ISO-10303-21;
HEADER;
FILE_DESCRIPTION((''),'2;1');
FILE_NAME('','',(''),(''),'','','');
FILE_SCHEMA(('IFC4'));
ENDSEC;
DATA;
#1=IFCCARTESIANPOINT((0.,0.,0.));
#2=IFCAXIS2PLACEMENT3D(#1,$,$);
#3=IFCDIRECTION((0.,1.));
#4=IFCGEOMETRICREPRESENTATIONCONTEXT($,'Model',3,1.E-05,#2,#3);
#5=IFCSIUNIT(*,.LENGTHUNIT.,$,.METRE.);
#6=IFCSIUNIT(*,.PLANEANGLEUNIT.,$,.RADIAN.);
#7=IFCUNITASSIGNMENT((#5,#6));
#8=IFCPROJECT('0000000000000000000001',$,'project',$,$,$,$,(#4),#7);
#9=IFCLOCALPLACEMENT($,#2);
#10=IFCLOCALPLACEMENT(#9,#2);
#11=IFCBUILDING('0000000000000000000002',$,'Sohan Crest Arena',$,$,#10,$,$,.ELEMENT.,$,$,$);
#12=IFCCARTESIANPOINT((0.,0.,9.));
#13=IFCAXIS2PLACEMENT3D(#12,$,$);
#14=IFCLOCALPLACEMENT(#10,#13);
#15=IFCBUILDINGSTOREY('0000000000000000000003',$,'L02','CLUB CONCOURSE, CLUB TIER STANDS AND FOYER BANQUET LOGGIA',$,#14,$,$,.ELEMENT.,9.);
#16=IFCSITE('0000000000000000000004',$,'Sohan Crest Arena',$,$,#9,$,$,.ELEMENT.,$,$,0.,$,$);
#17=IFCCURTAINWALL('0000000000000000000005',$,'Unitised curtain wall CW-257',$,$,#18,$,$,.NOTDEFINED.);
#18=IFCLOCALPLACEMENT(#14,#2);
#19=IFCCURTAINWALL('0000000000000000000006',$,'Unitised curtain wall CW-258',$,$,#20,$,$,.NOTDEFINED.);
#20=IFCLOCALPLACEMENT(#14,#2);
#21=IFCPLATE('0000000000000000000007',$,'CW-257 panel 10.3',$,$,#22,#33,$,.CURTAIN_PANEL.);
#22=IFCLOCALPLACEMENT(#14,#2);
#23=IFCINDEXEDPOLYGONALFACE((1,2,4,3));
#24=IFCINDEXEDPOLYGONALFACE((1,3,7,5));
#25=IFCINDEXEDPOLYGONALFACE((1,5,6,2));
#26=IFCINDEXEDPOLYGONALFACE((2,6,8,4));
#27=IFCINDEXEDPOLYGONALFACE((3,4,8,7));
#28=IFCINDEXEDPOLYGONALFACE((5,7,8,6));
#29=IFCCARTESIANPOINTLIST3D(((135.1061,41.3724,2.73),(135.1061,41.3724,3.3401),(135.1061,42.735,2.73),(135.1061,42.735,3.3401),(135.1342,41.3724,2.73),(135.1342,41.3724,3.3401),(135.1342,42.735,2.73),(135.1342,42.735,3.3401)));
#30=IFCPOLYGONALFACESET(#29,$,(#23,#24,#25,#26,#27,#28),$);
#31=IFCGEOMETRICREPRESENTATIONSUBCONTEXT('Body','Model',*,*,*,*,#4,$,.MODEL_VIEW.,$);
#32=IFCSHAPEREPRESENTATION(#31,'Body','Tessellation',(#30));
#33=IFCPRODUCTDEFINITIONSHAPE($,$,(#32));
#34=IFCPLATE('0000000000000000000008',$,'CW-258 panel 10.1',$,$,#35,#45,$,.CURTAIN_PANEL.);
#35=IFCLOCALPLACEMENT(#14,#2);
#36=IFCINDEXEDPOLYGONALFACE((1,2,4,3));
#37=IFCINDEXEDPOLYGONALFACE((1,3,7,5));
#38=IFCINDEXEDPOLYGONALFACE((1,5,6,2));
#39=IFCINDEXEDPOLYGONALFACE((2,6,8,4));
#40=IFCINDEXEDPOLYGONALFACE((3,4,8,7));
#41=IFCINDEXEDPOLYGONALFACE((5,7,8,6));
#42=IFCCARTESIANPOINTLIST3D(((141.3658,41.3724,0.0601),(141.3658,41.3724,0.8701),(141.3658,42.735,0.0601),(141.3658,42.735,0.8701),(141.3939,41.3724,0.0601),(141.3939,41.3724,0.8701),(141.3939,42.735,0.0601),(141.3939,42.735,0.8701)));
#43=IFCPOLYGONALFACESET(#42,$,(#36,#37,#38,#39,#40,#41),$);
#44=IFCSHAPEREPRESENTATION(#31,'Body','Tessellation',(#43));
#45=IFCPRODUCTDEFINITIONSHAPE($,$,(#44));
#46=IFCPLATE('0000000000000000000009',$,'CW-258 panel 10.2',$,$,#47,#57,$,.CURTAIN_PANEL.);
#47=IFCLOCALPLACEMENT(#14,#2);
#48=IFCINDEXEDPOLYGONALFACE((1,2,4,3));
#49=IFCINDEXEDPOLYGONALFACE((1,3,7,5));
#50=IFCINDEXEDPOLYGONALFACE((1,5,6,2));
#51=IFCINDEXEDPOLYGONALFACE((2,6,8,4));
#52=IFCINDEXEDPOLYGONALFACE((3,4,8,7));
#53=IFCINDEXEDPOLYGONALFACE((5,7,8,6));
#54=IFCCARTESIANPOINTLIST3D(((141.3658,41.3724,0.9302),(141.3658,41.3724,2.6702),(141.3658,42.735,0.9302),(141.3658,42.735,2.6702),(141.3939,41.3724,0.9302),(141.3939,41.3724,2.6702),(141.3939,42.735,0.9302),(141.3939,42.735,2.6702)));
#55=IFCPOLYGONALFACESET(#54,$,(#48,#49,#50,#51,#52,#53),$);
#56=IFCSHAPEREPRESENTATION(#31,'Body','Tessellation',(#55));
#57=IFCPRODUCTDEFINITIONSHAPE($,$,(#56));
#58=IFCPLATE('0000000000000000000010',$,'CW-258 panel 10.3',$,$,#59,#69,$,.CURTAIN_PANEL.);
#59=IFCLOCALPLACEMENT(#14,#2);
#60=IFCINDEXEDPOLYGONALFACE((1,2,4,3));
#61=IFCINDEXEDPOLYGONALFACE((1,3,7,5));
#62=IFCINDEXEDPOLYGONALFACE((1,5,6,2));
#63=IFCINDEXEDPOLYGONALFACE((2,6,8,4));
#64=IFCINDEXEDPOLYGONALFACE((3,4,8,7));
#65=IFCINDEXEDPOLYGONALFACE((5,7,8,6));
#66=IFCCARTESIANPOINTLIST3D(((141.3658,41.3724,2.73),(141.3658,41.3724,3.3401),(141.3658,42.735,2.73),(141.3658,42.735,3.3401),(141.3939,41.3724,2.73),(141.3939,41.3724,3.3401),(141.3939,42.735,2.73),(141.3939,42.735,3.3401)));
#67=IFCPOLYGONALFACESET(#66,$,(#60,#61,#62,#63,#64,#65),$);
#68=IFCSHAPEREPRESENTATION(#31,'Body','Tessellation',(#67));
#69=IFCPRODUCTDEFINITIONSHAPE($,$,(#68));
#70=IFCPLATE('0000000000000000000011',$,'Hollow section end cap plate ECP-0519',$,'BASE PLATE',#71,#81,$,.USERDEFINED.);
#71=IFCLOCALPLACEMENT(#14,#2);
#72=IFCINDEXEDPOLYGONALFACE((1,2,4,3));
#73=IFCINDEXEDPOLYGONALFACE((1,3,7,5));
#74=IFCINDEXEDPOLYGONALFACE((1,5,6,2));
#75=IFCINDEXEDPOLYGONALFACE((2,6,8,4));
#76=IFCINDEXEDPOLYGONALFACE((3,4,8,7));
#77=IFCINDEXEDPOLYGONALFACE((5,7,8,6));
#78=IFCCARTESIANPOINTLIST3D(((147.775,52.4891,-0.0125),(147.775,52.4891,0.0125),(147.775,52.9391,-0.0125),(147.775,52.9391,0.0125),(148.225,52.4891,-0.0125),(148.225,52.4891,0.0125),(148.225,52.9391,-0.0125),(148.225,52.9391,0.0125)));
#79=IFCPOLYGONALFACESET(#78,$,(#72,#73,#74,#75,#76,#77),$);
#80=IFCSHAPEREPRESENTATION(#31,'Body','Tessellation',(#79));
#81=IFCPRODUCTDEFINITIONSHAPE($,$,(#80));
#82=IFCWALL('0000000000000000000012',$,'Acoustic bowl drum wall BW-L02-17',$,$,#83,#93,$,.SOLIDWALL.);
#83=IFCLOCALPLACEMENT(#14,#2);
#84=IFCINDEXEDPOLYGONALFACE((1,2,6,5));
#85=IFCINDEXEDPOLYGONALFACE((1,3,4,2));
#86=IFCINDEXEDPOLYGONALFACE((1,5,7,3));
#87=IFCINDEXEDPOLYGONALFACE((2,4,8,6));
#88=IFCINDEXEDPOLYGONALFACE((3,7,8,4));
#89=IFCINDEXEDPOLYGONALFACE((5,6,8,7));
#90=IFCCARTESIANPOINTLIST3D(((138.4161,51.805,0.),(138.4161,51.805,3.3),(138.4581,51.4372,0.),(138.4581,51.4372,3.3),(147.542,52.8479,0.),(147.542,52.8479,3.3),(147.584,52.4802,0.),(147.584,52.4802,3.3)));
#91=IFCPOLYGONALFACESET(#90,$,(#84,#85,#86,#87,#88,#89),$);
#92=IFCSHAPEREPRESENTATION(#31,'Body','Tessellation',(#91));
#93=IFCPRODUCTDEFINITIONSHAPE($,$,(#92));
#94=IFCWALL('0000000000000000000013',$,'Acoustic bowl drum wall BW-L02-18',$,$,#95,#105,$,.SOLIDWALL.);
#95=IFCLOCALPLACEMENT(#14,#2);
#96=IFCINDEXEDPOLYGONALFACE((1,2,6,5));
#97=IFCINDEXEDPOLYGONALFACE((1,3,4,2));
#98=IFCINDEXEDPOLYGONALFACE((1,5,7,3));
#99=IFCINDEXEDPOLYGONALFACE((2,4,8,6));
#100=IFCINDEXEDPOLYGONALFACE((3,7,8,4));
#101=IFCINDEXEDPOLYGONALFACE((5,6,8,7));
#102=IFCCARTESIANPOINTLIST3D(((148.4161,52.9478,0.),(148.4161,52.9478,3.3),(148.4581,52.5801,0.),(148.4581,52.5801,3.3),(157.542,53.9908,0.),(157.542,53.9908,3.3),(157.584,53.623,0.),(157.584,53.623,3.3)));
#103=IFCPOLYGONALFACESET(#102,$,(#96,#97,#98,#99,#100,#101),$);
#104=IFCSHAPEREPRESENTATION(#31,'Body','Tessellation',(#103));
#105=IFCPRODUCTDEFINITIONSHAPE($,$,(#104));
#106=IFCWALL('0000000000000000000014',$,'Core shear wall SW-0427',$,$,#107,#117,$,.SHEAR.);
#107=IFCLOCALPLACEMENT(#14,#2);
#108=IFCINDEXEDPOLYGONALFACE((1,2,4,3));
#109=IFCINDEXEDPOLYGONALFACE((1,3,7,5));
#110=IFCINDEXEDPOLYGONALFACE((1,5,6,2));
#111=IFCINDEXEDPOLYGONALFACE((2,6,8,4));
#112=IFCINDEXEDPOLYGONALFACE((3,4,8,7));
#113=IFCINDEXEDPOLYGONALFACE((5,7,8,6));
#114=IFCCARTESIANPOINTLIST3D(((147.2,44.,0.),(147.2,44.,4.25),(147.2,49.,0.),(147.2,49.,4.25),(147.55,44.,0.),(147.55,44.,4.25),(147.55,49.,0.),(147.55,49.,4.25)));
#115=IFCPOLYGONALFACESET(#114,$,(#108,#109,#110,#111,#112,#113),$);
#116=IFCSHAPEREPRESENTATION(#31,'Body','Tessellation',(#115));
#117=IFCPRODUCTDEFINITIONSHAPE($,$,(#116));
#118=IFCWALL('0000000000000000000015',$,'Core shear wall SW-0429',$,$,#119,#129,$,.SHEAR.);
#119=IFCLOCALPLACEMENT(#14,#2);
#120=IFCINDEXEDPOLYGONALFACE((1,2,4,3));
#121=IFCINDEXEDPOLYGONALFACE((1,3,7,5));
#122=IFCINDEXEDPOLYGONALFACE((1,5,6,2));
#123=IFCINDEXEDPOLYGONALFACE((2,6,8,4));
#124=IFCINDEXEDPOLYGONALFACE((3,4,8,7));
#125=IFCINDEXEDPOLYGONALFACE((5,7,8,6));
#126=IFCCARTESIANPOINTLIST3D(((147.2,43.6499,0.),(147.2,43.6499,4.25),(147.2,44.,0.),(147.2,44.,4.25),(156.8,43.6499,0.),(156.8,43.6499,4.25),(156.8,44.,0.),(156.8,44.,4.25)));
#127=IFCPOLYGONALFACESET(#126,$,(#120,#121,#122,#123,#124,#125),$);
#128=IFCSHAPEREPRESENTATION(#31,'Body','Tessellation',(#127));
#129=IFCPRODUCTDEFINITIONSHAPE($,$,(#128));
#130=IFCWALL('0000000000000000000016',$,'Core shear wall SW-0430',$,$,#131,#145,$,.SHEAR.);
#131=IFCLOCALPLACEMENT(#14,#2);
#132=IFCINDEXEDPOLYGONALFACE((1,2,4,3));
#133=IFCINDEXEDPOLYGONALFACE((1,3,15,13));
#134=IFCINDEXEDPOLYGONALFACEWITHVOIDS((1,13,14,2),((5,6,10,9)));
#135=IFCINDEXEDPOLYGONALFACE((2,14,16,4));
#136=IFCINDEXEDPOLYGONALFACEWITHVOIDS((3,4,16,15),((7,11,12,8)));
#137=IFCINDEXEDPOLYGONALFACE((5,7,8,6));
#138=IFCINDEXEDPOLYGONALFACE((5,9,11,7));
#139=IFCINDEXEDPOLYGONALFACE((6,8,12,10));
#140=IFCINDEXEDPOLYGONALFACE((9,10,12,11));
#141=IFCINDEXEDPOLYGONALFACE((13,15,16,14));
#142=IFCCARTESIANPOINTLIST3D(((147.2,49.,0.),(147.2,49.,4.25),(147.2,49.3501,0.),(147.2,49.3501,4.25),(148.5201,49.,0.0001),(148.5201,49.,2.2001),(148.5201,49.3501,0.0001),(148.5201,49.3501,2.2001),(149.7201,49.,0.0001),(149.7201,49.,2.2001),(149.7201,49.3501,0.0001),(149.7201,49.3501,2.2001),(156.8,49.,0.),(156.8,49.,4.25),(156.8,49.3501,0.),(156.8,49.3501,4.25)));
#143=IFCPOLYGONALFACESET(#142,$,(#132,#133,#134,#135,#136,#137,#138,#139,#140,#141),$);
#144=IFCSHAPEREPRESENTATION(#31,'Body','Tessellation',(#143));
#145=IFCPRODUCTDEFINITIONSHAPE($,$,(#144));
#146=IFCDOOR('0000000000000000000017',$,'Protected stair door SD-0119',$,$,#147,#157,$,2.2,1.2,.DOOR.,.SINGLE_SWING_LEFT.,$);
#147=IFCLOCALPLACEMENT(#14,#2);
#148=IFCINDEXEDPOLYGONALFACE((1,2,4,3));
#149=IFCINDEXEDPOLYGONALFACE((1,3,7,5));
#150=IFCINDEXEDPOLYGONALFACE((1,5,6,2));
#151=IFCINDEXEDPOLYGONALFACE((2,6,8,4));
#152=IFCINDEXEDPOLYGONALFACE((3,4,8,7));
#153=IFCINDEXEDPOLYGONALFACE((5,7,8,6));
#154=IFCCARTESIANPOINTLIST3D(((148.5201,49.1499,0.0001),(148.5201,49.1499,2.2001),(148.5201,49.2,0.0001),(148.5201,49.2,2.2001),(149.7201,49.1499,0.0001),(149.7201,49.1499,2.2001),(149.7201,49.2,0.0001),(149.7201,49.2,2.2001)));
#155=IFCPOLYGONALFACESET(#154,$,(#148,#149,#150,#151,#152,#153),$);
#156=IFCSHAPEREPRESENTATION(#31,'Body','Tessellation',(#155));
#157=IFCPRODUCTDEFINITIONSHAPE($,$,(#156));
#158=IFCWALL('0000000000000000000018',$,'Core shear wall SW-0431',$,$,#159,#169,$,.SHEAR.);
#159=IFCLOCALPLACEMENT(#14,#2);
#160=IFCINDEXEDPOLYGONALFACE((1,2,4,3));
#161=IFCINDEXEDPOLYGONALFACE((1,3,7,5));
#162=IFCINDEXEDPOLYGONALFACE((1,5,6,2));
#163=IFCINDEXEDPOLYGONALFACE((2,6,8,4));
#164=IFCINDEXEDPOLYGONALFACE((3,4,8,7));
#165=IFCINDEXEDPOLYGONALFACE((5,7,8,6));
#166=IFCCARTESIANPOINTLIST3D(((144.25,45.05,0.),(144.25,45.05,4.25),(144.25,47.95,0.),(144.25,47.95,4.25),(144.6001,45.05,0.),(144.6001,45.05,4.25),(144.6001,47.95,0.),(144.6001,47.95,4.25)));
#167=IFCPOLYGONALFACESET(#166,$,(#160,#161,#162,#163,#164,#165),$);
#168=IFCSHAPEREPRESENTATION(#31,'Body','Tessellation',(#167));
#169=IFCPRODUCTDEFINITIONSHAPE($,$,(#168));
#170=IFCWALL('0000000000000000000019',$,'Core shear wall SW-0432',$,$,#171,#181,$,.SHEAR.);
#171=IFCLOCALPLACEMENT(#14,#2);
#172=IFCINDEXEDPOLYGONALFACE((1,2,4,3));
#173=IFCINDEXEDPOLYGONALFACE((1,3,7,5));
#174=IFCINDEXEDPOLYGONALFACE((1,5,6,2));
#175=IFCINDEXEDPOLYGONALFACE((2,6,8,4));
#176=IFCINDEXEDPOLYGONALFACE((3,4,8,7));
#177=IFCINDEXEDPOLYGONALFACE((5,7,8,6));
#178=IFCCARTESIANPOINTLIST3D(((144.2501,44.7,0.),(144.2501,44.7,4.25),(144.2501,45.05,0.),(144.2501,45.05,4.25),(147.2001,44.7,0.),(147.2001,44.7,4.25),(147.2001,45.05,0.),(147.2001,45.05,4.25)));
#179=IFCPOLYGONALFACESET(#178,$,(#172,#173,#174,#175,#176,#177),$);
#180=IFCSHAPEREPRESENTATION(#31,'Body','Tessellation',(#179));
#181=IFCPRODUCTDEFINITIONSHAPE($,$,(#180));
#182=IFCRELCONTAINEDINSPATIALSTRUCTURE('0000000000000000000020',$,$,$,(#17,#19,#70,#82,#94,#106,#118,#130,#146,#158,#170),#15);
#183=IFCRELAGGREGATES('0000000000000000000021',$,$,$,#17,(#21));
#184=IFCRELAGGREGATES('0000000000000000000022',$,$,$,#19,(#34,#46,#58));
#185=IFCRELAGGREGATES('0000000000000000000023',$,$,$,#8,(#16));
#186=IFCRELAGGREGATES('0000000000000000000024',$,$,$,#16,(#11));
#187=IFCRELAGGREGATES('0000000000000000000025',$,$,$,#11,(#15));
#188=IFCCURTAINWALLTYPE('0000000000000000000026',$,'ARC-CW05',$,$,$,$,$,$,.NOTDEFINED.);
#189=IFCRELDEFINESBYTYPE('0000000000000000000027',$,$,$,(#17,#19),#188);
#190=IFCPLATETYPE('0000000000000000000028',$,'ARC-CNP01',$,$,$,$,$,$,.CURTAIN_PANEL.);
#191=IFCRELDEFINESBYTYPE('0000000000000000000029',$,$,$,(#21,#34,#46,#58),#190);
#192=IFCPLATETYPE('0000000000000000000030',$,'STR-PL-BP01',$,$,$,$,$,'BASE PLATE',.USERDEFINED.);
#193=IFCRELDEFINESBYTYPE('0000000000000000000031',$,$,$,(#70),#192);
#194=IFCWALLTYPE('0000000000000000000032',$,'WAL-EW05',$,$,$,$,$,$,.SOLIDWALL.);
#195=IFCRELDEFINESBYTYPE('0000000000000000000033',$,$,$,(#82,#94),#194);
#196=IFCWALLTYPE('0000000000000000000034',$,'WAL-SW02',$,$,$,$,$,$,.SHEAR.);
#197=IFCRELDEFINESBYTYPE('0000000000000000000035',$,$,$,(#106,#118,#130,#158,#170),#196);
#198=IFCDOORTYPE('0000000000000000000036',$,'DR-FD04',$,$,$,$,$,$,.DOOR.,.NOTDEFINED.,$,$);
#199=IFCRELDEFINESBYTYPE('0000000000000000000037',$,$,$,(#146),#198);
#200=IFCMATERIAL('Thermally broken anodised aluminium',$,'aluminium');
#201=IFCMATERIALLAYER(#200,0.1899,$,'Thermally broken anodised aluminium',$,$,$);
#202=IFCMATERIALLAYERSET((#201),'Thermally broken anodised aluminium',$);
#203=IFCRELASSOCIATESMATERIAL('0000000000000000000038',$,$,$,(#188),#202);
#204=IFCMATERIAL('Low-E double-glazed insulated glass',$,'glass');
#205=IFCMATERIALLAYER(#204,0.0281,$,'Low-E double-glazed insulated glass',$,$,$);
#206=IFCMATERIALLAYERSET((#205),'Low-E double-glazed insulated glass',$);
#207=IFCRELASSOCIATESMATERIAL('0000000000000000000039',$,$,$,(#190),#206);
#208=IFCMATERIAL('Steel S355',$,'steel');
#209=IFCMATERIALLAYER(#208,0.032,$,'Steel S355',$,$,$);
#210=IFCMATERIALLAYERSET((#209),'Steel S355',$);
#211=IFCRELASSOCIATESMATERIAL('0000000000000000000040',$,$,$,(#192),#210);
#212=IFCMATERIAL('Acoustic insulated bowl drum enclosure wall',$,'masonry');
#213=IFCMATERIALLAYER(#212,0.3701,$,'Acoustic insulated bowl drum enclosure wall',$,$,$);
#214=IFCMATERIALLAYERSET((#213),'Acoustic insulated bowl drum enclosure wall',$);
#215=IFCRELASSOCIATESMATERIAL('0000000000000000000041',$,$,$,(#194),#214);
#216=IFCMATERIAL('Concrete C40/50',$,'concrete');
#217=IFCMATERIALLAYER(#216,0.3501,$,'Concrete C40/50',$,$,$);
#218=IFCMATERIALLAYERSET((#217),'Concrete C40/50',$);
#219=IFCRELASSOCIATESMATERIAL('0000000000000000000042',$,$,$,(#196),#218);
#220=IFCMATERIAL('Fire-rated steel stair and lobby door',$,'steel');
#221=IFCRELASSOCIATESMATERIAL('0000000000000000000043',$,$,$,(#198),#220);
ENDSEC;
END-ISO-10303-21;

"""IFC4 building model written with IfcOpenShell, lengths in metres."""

from ifc_helpers import new_model, si_unit, direction, frame, frame_2d, origin, origin_2d, place, context, subcontext, project, spatial, rectangle, extrude, material, layer, layer_set, type_object, element, fill, aggregate, save


model = new_model("IFC4")

# Units and contexts
model_context = context("Model", 3, precision=1e-05, world=origin(), true_north=direction((0.0, 1.0)))
body_context = subcontext(model_context, "Body", "Model", "MODEL_VIEW")
ifc_project = project(units=[si_unit("LENGTHUNIT", "METRE"), si_unit("PLANEANGLEUNIT", "RADIAN")], contexts=[model_context])

# Site, building, storey
site_placement = place(None, origin())
site = spatial("IfcSite", under=ifc_project, at=site_placement, Name="Sohan Crest Arena", CompositionType="ELEMENT", RefElevation=0.0)
building_placement = place(site_placement, origin())
building = spatial("IfcBuilding", under=site, at=building_placement, Name="Sohan Crest Arena", CompositionType="ELEMENT")
storey_placement = place(building_placement, frame((0.0, 0.0, 9.0)))
storey = spatial("IfcBuildingStorey", under=building, at=storey_placement, Name="L02", Description="CLUB CONCOURSE, CLUB TIER STANDS AND FOYER BANQUET LOGGIA", CompositionType="ELEMENT", Elevation=9.0)

# Shared definitions
ifc_material_1 = material(Name="Concrete C40/50", Category="concrete")
ifc_material_2 = material(Name="Steel S355", Category="steel")

# Curtain walls
ifc_material_3 = material(Name="Thermally broken anodised aluminium", Category="aluminium")
ifc_layer_1 = layer(ifc_material_3, 0.1899, Name="Thermally broken anodised aluminium")
ifc_layer_set_1 = layer_set([ifc_layer_1], Name="Thermally broken anodised aluminium")
curtain_wall_type = type_object("IfcCurtainWallType", Name="ARC-CW05", PredefinedType="NOTDEFINED", material=ifc_layer_set_1)
curtain_wall_1_placement = place(storey_placement, origin())
curtain_wall_1 = element("IfcCurtainWall", 1, at=curtain_wall_1_placement, inside=storey, type_object=curtain_wall_type, Name="Unitised curtain wall CW-257", PredefinedType="NOTDEFINED")
curtain_wall_2_placement = place(storey_placement, origin())
curtain_wall_2 = element("IfcCurtainWall", 2, at=curtain_wall_2_placement, inside=storey, type_object=curtain_wall_type, Name="Unitised curtain wall CW-258", PredefinedType="NOTDEFINED")

# Plates
ifc_material_4 = material(Name="Low-E double-glazed insulated glass", Category="glass")
ifc_layer_2 = layer(ifc_material_4, 0.0281, Name="Low-E double-glazed insulated glass")
ifc_layer_set_2 = layer_set([ifc_layer_2], Name="Low-E double-glazed insulated glass")
plate_type_1 = type_object("IfcPlateType", Name="ARC-CNP01", PredefinedType="CURTAIN_PANEL", material=ifc_layer_set_2)
plate_1_placement = place(storey_placement, frame((135.1201, 42.0537, 2.73), z_axis=(0.0, 0.0, 1.0), x_axis=(0.0, 1.0, 0.0)))
plate_1 = element("IfcPlate", 3, at=plate_1_placement, type_object=plate_type_1, Name="CW-257 panel 10.3", PredefinedType="CURTAIN_PANEL", context=body_context, shape_type="SweptSolid", body=[
    extrude(rectangle(XDim=1.3625, YDim=0.0281, at=origin_2d()), origin(), (0.0, 0.0, 1.0), 0.6101),
])
aggregate(curtain_wall_1, [plate_1])
plate_2_placement = place(storey_placement, frame((141.3799, 42.0537, 0.0601), z_axis=(0.0, 0.0, 1.0), x_axis=(0.0, 1.0, 0.0)))
plate_2 = element("IfcPlate", 4, at=plate_2_placement, type_object=plate_type_1, Name="CW-258 panel 10.1", PredefinedType="CURTAIN_PANEL", context=body_context, shape_type="SweptSolid", body=[
    extrude(rectangle(XDim=1.3625, YDim=0.0281, at=origin_2d()), origin(), (0.0, 0.0, 1.0), 0.8101),
])
plate_3_placement = place(storey_placement, frame((141.3799, 42.0537, 0.9302), z_axis=(0.0, 0.0, 1.0), x_axis=(0.0, 1.0, 0.0)))
plate_3 = element("IfcPlate", 5, at=plate_3_placement, type_object=plate_type_1, Name="CW-258 panel 10.2", PredefinedType="CURTAIN_PANEL", context=body_context, shape_type="SweptSolid", body=[
    extrude(rectangle(XDim=1.3625, YDim=0.0281, at=origin_2d()), origin(), (0.0, 0.0, 1.0), 1.74),
])
plate_4_placement = place(storey_placement, frame((141.3799, 42.0537, 2.73), z_axis=(0.0, 0.0, 1.0), x_axis=(0.0, 1.0, 0.0)))
plate_4 = element("IfcPlate", 6, at=plate_4_placement, type_object=plate_type_1, Name="CW-258 panel 10.3", PredefinedType="CURTAIN_PANEL", context=body_context, shape_type="SweptSolid", body=[
    extrude(rectangle(XDim=1.3625, YDim=0.0281, at=origin_2d()), origin(), (0.0, 0.0, 1.0), 0.6101),
])
aggregate(curtain_wall_2, [plate_2, plate_3, plate_4])
ifc_layer_3 = layer(ifc_material_2, 0.032, Name="Steel S355")
ifc_layer_set_3 = layer_set([ifc_layer_3], Name="Steel S355")
plate_type_2 = type_object("IfcPlateType", Name="STR-PL-BP01", ElementType="BASE PLATE", PredefinedType="USERDEFINED", material=ifc_layer_set_3)
plate_5_placement = place(storey_placement, frame((148.0, 52.7141, -0.0125), z_axis=(0.0, 0.0, 1.0), x_axis=(1.0, 0.0, 0.0)))
element("IfcPlate", 7, at=plate_5_placement, inside=storey, type_object=plate_type_2, Name="Hollow section end cap plate ECP-0519", ObjectType="BASE PLATE", PredefinedType="USERDEFINED", context=body_context, shape_type="SweptSolid", body=[
    extrude(rectangle(XDim=0.45, YDim=0.45, at=origin_2d()), origin(), (0.0, 0.0, 1.0), 0.0249),
])

# Walls
ifc_material_5 = material(Name="Acoustic insulated bowl drum enclosure wall", Category="masonry")
ifc_layer_4 = layer(ifc_material_5, 0.3701, Name="Acoustic insulated bowl drum enclosure wall")
ifc_layer_set_4 = layer_set([ifc_layer_4], Name="Acoustic insulated bowl drum enclosure wall")
wall_type_1 = type_object("IfcWallType", Name="WAL-EW05", PredefinedType="SOLIDWALL", material=ifc_layer_set_4)
for number, where, z_axis, x_axis, name in (
    (8, (138.437, 51.6211, 0.0), (0.0, 0.0, 1.0), (0.993533, 0.113547, 0.0), "Acoustic bowl drum wall BW-L02-17"),
    (9, (148.437, 52.7639, 0.0), (0.0, 0.0, 1.0), (0.993533, 0.113547, 0.0), "Acoustic bowl drum wall BW-L02-18"),
):
    element("IfcWall", number, at=place(storey_placement, frame(where, z_axis=z_axis, x_axis=x_axis)), inside=storey, type_object=wall_type_1, Name=name, PredefinedType="SOLIDWALL", context=body_context, shape_type="SweptSolid", body=[
        extrude(rectangle(XDim=9.1853, YDim=0.3701, at=frame_2d((4.5928, 0.0))), origin(), (0.0, 0.0, 1.0), 3.3),
    ])
ifc_layer_5 = layer(ifc_material_1, 0.3501, Name="Concrete C40/50")
ifc_layer_set_5 = layer_set([ifc_layer_5], Name="Concrete C40/50")
wall_type_2 = type_object("IfcWallType", Name="WAL-SW02", PredefinedType="SHEAR", material=ifc_layer_set_5)
wall_1_placement = place(storey_placement, frame((147.375, 44.0, 0.0), z_axis=(0.0, 0.0, 1.0), x_axis=(0.0, 1.0, 0.0)))
element("IfcWall", 10, at=wall_1_placement, inside=storey, type_object=wall_type_2, Name="Core shear wall SW-0427", PredefinedType="SHEAR", context=body_context, shape_type="SweptSolid", body=[
    extrude(rectangle(XDim=5.0, YDim=0.3501, at=frame_2d((2.5, 0.0))), origin(), (0.0, 0.0, 1.0), 4.25),
])
wall_2_placement = place(storey_placement, frame((147.2, 43.825, 0.0), z_axis=(0.0, 0.0, 1.0), x_axis=(1.0, 0.0, 0.0)))
element("IfcWall", 11, at=wall_2_placement, inside=storey, type_object=wall_type_2, Name="Core shear wall SW-0429", PredefinedType="SHEAR", context=body_context, shape_type="SweptSolid", body=[
    extrude(rectangle(XDim=9.6001, YDim=0.3501, at=frame_2d((4.8, 0.0))), origin(), (0.0, 0.0, 1.0), 4.25),
])

# Wall, opening, door
wall_3_placement = place(storey_placement, frame((147.2, 49.175, 0.0), z_axis=(0.0, 0.0, 1.0), x_axis=(1.0, 0.0, 0.0)))
wall_3 = element("IfcWall", 12, at=wall_3_placement, inside=storey, type_object=wall_type_2, Name="Core shear wall SW-0430", PredefinedType="SHEAR", context=body_context, shape_type="SweptSolid", body=[
    extrude(rectangle(XDim=9.6001, YDim=0.3501, at=frame_2d((4.8, 0.0))), origin(), (0.0, 0.0, 1.0), 4.25),
])
opening_1_placement = place(wall_3_placement, frame((1.3201, 0.0, 0.0)))
opening_1 = element("IfcOpeningElement", 13, at=opening_1_placement, cuts=wall_3, PredefinedType="OPENING", context=body_context, shape_type="SweptSolid", body=[
    extrude(rectangle(XDim=1.2, YDim=2.2, at=frame_2d((0.6001, 1.1001))), frame((0.0, 0.1851, 0.0), z_axis=(0.0, -1.0, 0.0), x_axis=(1.0, 0.0, 0.0)), (0.0, 0.0, 1.0), 0.3701),
])
ifc_material_6 = material(Name="Fire-rated steel stair and lobby door", Category="steel")
door_type_1 = type_object("IfcDoorType", Name="DR-FD04", OperationType="NOTDEFINED", PredefinedType="DOOR", material=ifc_material_6)
door_1_placement = place(opening_1_placement, origin())
door_1 = element("IfcDoor", 14, at=door_1_placement, inside=storey, type_object=door_type_1, Name="Protected stair door SD-0119", OperationType="SINGLE_SWING_LEFT", OverallHeight=2.2, OverallWidth=1.2, PredefinedType="DOOR", context=body_context, shape_type="SweptSolid", body=[
    extrude(rectangle(XDim=1.2, YDim=2.2, at=frame_2d((0.6001, 1.1001))), frame((0.0, 0.0249, 0.0), z_axis=(0.0, -1.0, 0.0), x_axis=(1.0, 0.0, 0.0)), (0.0, 0.0, 1.0), 0.05),
])
fill(opening_1, door_1)

# Walls
wall_4_placement = place(storey_placement, frame((144.425, 45.05, 0.0), z_axis=(0.0, 0.0, 1.0), x_axis=(0.0, 1.0, 0.0)))
element("IfcWall", 15, at=wall_4_placement, inside=storey, type_object=wall_type_2, Name="Core shear wall SW-0431", PredefinedType="SHEAR", context=body_context, shape_type="SweptSolid", body=[
    extrude(rectangle(XDim=2.8999, YDim=0.3501, at=frame_2d((1.45, 0.0))), origin(), (0.0, 0.0, 1.0), 4.25),
])
wall_5_placement = place(storey_placement, frame((144.25, 44.875, 0.0), z_axis=(0.0, 0.0, 1.0), x_axis=(1.0, 0.0, 0.0)))
element("IfcWall", 16, at=wall_5_placement, inside=storey, type_object=wall_type_2, Name="Core shear wall SW-0432", PredefinedType="SHEAR", context=body_context, shape_type="SweptSolid", body=[
    extrude(rectangle(XDim=2.95, YDim=0.3501, at=frame_2d((1.4751, 0.0))), origin(), (0.0, 0.0, 1.0), 4.25),
])

save(model, "model.ifc")
